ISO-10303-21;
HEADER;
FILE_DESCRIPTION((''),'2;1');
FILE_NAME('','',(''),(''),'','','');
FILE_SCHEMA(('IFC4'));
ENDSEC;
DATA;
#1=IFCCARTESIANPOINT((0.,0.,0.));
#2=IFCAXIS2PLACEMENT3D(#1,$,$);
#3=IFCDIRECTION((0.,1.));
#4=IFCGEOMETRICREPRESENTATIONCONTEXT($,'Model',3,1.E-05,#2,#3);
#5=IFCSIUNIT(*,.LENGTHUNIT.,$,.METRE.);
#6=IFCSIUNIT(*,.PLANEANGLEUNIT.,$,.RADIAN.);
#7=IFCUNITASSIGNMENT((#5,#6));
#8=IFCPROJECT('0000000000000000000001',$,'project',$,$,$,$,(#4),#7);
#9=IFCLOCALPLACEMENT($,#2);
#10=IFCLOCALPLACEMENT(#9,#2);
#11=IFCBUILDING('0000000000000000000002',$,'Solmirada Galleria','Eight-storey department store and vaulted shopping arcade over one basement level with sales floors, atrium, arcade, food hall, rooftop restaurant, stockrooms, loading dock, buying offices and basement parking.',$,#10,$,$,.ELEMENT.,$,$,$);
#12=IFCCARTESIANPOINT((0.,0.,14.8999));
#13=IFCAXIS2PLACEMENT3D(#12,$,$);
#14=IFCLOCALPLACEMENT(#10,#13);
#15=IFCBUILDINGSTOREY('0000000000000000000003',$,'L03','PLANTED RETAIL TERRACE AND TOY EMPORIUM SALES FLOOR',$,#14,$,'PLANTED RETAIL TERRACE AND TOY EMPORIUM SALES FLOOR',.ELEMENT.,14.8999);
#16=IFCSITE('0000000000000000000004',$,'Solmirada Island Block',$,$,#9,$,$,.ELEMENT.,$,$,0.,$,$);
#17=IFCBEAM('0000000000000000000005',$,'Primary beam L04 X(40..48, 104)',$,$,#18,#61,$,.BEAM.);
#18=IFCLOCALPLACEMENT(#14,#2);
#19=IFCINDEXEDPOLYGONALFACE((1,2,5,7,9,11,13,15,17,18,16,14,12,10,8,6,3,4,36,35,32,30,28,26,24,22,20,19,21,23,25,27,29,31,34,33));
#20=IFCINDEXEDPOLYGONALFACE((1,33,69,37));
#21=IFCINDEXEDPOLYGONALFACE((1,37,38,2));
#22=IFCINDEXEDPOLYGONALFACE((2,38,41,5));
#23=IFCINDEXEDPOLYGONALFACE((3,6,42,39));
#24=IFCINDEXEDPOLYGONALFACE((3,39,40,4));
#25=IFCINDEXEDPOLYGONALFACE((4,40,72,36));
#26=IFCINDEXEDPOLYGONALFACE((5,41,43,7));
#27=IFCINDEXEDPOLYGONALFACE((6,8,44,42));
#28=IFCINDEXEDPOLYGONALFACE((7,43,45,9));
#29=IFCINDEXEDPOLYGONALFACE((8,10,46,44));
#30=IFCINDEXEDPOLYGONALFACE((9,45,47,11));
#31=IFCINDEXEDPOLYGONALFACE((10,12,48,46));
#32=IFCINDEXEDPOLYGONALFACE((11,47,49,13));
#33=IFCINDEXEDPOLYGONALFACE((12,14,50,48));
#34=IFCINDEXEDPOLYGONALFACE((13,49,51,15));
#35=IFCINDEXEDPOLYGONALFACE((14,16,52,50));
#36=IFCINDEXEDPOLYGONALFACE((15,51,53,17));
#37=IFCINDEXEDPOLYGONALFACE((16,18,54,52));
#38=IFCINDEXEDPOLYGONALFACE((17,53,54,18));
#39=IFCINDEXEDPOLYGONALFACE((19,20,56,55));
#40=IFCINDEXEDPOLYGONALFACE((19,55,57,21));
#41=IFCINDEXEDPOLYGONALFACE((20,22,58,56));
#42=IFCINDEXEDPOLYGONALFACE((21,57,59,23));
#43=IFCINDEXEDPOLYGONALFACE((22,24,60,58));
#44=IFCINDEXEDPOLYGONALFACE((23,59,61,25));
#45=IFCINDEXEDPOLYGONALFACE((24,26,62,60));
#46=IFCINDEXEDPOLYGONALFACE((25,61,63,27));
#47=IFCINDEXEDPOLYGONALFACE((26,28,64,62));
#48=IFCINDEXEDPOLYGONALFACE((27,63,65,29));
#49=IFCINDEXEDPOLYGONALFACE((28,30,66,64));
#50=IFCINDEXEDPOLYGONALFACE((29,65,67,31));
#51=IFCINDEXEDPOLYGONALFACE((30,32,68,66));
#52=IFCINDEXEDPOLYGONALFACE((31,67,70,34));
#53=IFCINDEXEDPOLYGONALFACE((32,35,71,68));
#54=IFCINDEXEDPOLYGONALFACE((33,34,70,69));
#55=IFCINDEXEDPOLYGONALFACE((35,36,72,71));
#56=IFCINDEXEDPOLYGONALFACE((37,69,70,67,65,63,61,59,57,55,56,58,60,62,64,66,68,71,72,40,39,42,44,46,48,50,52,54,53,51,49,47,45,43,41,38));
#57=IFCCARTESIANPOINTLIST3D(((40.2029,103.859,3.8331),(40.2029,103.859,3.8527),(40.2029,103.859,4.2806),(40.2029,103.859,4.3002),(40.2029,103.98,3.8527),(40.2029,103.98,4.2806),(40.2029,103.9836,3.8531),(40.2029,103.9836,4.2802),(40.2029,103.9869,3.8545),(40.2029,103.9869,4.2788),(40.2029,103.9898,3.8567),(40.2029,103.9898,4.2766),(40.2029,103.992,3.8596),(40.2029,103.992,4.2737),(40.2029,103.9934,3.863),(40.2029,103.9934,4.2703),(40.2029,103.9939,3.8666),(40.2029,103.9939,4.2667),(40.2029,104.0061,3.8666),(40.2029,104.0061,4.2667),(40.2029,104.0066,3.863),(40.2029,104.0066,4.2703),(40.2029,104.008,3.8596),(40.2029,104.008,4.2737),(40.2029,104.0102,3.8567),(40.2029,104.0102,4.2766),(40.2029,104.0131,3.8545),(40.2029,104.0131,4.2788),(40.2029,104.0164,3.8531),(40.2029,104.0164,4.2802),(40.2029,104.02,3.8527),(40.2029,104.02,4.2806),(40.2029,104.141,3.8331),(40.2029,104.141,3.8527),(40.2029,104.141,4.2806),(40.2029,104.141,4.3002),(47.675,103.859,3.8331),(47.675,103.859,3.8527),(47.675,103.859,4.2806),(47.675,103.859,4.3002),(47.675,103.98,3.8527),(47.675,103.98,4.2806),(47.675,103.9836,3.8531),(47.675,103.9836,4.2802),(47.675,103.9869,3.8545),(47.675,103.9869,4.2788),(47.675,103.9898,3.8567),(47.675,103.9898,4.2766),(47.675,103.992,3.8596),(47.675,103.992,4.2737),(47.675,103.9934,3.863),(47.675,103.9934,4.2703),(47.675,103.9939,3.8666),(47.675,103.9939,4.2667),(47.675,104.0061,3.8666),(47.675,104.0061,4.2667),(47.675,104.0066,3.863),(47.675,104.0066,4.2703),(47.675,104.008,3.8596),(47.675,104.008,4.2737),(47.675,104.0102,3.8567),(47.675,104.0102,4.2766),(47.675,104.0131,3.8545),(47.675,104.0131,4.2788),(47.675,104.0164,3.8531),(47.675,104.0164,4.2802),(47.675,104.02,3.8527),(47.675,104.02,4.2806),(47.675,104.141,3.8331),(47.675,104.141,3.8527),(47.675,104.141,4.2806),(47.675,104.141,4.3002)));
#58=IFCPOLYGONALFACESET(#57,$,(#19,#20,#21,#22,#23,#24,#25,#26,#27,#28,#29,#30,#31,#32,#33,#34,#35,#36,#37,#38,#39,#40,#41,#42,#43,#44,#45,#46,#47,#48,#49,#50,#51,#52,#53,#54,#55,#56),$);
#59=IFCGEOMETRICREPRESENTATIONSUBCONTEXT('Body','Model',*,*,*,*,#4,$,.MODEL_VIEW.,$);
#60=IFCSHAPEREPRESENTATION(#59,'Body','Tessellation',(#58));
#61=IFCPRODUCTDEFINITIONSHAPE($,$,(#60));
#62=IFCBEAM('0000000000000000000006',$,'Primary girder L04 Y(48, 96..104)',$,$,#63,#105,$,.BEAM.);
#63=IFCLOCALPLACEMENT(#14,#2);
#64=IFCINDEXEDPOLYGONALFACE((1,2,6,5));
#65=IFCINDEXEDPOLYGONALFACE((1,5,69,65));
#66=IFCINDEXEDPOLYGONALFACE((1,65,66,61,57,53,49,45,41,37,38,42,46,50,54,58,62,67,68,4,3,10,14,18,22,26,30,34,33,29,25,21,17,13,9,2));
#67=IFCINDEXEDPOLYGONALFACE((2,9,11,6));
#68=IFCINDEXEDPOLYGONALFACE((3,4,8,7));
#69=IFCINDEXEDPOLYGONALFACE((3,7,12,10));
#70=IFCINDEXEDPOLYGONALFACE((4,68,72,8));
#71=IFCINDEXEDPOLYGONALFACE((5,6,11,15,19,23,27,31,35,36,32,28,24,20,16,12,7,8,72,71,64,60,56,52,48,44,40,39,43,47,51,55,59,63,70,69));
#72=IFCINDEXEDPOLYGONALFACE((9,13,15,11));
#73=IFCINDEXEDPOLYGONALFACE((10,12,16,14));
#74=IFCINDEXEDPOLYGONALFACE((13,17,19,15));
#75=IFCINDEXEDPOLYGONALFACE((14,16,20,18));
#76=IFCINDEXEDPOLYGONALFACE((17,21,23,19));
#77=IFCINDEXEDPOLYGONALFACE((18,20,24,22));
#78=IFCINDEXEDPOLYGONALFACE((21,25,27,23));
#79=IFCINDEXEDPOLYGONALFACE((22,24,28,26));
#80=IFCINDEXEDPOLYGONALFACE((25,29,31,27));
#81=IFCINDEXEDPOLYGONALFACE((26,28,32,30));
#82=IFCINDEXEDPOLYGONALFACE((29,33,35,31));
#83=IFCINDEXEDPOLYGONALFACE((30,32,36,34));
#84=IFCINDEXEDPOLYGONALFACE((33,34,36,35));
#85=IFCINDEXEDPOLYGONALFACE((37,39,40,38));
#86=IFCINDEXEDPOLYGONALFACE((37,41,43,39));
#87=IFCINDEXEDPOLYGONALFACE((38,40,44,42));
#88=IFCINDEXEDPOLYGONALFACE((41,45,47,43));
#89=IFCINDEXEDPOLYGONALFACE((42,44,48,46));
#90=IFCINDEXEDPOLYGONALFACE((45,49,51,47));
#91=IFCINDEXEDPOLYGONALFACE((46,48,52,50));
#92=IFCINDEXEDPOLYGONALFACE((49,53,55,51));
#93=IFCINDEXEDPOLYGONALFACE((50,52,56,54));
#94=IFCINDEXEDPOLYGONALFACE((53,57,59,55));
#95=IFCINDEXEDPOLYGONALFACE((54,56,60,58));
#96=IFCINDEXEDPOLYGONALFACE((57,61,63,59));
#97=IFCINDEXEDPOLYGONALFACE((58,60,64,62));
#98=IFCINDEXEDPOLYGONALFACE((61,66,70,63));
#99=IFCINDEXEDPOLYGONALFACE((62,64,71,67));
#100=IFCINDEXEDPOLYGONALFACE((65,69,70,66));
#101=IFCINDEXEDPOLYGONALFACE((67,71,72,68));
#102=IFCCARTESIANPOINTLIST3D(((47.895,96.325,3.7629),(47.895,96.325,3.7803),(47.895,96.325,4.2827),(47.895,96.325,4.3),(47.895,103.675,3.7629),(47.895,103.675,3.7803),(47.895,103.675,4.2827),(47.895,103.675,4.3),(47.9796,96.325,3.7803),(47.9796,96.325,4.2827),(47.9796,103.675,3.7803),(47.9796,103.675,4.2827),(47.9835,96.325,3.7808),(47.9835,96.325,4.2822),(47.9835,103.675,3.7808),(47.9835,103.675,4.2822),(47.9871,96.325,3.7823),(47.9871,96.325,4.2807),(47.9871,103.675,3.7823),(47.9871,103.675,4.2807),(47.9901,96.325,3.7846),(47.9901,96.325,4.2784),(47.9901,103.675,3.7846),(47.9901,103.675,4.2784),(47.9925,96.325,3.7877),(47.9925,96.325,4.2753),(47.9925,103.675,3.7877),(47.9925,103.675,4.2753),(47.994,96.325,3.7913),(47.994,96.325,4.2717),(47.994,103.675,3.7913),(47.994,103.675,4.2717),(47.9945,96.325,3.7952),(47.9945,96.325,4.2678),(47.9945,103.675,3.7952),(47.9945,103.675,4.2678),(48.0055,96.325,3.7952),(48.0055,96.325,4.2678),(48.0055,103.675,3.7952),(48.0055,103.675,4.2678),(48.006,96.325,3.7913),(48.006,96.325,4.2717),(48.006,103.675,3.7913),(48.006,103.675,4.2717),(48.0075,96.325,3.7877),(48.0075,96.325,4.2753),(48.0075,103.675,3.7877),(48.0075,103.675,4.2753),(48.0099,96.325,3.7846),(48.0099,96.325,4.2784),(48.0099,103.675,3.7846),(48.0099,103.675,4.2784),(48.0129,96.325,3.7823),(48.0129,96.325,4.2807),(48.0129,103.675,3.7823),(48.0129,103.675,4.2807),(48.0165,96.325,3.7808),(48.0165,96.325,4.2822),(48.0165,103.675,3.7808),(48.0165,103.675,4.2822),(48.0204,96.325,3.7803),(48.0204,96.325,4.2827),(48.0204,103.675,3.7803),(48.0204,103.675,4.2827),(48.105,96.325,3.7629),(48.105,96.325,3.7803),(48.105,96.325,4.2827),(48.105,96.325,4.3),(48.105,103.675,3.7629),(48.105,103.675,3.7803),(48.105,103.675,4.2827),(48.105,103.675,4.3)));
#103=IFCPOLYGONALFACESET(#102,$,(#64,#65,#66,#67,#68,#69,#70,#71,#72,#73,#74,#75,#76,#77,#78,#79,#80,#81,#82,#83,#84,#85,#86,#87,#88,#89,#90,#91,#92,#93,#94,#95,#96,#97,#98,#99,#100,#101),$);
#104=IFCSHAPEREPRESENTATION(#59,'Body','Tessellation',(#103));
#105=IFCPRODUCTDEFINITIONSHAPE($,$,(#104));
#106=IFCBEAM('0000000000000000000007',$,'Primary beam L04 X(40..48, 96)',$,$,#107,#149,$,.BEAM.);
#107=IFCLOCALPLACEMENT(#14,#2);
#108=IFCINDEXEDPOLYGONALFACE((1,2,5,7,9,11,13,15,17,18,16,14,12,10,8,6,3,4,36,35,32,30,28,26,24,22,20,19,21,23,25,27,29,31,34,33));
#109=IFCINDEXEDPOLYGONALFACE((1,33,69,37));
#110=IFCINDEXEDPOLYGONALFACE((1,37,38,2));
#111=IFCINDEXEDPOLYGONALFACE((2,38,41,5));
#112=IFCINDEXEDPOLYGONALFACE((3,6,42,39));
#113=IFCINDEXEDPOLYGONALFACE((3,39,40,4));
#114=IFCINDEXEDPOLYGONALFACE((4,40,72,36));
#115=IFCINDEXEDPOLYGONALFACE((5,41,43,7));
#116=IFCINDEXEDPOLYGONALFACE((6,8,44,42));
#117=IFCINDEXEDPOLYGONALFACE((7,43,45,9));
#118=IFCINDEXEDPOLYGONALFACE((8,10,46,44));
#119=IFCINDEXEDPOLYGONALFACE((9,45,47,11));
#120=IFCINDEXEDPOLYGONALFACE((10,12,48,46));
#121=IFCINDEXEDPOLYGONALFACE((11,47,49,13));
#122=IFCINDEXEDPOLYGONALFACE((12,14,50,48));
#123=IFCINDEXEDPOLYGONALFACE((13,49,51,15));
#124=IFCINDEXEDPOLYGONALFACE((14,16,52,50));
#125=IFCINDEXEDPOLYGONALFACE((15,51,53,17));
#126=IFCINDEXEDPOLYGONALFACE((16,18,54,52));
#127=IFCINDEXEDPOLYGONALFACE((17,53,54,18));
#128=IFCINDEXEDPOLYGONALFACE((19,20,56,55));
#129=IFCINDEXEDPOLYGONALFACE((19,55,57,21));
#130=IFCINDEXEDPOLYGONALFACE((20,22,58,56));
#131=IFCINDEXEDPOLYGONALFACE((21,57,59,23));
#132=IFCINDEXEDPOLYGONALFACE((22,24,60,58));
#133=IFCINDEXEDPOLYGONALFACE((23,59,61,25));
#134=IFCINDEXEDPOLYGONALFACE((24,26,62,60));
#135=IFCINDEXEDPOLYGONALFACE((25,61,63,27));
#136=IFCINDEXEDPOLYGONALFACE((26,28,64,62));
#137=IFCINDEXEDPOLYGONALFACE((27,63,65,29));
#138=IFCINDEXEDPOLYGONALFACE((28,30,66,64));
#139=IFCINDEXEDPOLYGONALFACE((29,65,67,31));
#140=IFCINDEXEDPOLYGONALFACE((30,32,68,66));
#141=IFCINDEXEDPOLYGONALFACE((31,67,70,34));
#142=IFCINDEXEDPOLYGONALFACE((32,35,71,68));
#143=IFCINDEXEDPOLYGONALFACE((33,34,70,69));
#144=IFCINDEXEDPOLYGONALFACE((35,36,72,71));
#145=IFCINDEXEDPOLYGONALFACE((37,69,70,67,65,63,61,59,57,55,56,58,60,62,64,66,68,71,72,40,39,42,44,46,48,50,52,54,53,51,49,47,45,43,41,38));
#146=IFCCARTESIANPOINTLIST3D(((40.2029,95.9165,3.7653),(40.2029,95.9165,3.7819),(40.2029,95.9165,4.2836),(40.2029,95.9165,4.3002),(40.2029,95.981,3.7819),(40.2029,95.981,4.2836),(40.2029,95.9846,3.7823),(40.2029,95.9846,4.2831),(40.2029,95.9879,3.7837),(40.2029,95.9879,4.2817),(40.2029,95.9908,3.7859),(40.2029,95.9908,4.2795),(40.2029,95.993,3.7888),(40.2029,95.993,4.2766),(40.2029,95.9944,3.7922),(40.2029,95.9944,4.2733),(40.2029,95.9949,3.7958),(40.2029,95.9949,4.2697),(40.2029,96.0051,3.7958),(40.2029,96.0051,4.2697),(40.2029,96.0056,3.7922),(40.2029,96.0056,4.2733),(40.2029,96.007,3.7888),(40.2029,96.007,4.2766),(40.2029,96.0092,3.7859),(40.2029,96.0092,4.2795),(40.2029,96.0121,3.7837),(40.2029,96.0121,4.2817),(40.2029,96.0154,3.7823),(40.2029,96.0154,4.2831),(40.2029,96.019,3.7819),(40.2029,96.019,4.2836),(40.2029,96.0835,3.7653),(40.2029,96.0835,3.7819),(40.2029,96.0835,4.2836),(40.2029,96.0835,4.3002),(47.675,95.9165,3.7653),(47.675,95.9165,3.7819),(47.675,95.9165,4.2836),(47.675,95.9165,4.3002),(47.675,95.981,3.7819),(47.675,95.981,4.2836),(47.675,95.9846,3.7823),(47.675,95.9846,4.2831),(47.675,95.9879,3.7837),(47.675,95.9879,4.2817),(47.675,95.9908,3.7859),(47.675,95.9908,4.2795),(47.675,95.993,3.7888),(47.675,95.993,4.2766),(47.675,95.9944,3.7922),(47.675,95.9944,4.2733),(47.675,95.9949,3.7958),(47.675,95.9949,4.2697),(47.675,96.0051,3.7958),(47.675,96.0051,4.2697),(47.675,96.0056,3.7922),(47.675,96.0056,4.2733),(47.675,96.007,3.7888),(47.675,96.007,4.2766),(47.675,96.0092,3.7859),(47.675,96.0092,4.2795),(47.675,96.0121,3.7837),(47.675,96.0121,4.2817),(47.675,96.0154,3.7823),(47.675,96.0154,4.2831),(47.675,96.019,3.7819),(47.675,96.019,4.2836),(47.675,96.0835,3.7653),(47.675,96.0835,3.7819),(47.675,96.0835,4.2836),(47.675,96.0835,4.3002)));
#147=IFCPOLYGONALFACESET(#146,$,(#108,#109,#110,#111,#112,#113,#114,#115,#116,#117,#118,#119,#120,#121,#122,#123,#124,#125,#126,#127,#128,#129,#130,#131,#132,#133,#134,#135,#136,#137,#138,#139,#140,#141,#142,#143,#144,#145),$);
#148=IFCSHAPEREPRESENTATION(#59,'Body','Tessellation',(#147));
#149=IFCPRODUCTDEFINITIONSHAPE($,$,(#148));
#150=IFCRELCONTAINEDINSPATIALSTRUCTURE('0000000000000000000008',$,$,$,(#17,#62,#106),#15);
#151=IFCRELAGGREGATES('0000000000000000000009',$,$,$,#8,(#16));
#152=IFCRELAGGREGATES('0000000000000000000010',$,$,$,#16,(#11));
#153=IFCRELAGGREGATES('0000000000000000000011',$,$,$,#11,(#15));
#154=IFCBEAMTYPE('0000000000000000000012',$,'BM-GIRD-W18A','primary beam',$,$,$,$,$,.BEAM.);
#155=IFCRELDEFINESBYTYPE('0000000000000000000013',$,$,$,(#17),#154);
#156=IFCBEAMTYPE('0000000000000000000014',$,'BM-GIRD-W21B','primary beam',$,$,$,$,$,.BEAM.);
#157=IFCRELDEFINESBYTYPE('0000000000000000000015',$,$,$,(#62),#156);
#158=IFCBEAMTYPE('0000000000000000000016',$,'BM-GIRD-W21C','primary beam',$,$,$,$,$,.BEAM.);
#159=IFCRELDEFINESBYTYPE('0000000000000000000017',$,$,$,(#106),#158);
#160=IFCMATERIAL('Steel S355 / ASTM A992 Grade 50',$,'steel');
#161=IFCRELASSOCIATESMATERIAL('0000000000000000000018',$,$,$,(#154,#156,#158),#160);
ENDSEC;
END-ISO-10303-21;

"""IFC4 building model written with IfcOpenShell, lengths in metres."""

from ifc_helpers import new_model, si_unit, direction, frame, origin, origin_2d, place, context, subcontext, project, spatial, i_section, extrude, material, material_profile, profile_set, type_object, element, save


model = new_model("IFC4")

# Units and contexts
model_context = context("Model", 3, precision=1e-05, world=origin(), true_north=direction((0.0, 1.0)))
body_context = subcontext(model_context, "Body", "Model", "MODEL_VIEW")
ifc_project = project(units=[si_unit("LENGTHUNIT", "METRE"), si_unit("PLANEANGLEUNIT", "RADIAN")], contexts=[model_context])

# Site, building, storey
site_placement = place(None, origin())
site = spatial("IfcSite", under=ifc_project, at=site_placement, Name="Solmirada Island Block", CompositionType="ELEMENT", RefElevation=0.0)
building_placement = place(site_placement, origin())
building = spatial("IfcBuilding", under=site, at=building_placement, Name="Solmirada Galleria", Description="Eight-storey department store and vaulted shopping arcade over one basement level with sales floors, atrium, arcade, food hall, rooftop restaurant, stockrooms, loading dock, buying offices and basement parking.", CompositionType="ELEMENT")
storey_placement = place(building_placement, frame((0.0, 0.0, 14.8999)))
storey = spatial("IfcBuildingStorey", under=building, at=storey_placement, Name="L03", Description="PLANTED RETAIL TERRACE AND TOY EMPORIUM SALES FLOOR", LongName="PLANTED RETAIL TERRACE AND TOY EMPORIUM SALES FLOOR", CompositionType="ELEMENT", Elevation=14.8999)

# Beams
ifc_material_1 = material(Name="Steel S355 / ASTM A992 Grade 50", Category="steel")
ifc_material_profile_1 = material_profile(ifc_material_1, i_section(OverallWidth=0.282, OverallDepth=0.467, WebThickness=0.0122, FlangeThickness=0.0195, FilletRadius=0.0139, at=origin_2d()), Name="W18X86")
ifc_profile_set_1 = profile_set([ifc_material_profile_1], Name="Steel S355 / ASTM A992 Grade 50")
beam_type_1 = type_object("IfcBeamType", Name="BM-GIRD-W18A", Description="primary beam", PredefinedType="BEAM", material=ifc_profile_set_1)
beam_1_placement = place(storey_placement, frame((40.2029, 104.0, 4.0667), z_axis=(1.0, 0.0, 0.0), x_axis=(0.0, 1.0, 0.0)))
element("IfcBeam", 1, at=beam_1_placement, inside=storey, type_object=beam_type_1, Name="Primary beam L04 X(40..48, 104)", PredefinedType="BEAM", context=body_context, shape_type="SweptSolid", body=[
    extrude(i_section(OverallWidth=0.282, OverallDepth=0.467, WebThickness=0.0122, FlangeThickness=0.0195, FilletRadius=0.0139, at=origin_2d()), origin(), (0.0, 0.0, 1.0), 7.4722),
])
ifc_material_profile_2 = material_profile(ifc_material_1, i_section(OverallWidth=0.21, OverallDepth=0.5371, WebThickness=0.011, FlangeThickness=0.0173, FilletRadius=0.0149, at=origin_2d()), Name="W21X68")
ifc_profile_set_2 = profile_set([ifc_material_profile_2], Name="Steel S355 / ASTM A992 Grade 50")
beam_type_2 = type_object("IfcBeamType", Name="BM-GIRD-W21B", Description="primary beam", PredefinedType="BEAM", material=ifc_profile_set_2)
beam_2_placement = place(storey_placement, frame((48.0, 96.325, 4.0315), z_axis=(0.0, 1.0, 0.0), x_axis=(-1.0, 0.0, 0.0)))
element("IfcBeam", 2, at=beam_2_placement, inside=storey, type_object=beam_type_2, Name="Primary girder L04 Y(48, 96..104)", PredefinedType="BEAM", context=body_context, shape_type="SweptSolid", body=[
    extrude(i_section(OverallWidth=0.21, OverallDepth=0.5371, WebThickness=0.011, FlangeThickness=0.0173, FilletRadius=0.0149, at=origin_2d()), origin(), (0.0, 0.0, 1.0), 7.3501),
])
ifc_material_profile_3 = material_profile(ifc_material_1, i_section(OverallWidth=0.167, OverallDepth=0.5349, WebThickness=0.0103, FlangeThickness=0.0166, FilletRadius=0.0139, at=origin_2d()), Name="W21X57")
ifc_profile_set_3 = profile_set([ifc_material_profile_3], Name="Steel S355 / ASTM A992 Grade 50")
beam_type_3 = type_object("IfcBeamType", Name="BM-GIRD-W21C", Description="primary beam", PredefinedType="BEAM", material=ifc_profile_set_3)
beam_3_placement = place(storey_placement, frame((40.2029, 96.0, 4.0327), z_axis=(1.0, 0.0, 0.0), x_axis=(0.0, 1.0, 0.0)))
element("IfcBeam", 3, at=beam_3_placement, inside=storey, type_object=beam_type_3, Name="Primary beam L04 X(40..48, 96)", PredefinedType="BEAM", context=body_context, shape_type="SweptSolid", body=[
    extrude(i_section(OverallWidth=0.167, OverallDepth=0.5349, WebThickness=0.0103, FlangeThickness=0.0166, FilletRadius=0.0139, at=origin_2d()), origin(), (0.0, 0.0, 1.0), 7.4722),
])

save(model, "model.ifc")
